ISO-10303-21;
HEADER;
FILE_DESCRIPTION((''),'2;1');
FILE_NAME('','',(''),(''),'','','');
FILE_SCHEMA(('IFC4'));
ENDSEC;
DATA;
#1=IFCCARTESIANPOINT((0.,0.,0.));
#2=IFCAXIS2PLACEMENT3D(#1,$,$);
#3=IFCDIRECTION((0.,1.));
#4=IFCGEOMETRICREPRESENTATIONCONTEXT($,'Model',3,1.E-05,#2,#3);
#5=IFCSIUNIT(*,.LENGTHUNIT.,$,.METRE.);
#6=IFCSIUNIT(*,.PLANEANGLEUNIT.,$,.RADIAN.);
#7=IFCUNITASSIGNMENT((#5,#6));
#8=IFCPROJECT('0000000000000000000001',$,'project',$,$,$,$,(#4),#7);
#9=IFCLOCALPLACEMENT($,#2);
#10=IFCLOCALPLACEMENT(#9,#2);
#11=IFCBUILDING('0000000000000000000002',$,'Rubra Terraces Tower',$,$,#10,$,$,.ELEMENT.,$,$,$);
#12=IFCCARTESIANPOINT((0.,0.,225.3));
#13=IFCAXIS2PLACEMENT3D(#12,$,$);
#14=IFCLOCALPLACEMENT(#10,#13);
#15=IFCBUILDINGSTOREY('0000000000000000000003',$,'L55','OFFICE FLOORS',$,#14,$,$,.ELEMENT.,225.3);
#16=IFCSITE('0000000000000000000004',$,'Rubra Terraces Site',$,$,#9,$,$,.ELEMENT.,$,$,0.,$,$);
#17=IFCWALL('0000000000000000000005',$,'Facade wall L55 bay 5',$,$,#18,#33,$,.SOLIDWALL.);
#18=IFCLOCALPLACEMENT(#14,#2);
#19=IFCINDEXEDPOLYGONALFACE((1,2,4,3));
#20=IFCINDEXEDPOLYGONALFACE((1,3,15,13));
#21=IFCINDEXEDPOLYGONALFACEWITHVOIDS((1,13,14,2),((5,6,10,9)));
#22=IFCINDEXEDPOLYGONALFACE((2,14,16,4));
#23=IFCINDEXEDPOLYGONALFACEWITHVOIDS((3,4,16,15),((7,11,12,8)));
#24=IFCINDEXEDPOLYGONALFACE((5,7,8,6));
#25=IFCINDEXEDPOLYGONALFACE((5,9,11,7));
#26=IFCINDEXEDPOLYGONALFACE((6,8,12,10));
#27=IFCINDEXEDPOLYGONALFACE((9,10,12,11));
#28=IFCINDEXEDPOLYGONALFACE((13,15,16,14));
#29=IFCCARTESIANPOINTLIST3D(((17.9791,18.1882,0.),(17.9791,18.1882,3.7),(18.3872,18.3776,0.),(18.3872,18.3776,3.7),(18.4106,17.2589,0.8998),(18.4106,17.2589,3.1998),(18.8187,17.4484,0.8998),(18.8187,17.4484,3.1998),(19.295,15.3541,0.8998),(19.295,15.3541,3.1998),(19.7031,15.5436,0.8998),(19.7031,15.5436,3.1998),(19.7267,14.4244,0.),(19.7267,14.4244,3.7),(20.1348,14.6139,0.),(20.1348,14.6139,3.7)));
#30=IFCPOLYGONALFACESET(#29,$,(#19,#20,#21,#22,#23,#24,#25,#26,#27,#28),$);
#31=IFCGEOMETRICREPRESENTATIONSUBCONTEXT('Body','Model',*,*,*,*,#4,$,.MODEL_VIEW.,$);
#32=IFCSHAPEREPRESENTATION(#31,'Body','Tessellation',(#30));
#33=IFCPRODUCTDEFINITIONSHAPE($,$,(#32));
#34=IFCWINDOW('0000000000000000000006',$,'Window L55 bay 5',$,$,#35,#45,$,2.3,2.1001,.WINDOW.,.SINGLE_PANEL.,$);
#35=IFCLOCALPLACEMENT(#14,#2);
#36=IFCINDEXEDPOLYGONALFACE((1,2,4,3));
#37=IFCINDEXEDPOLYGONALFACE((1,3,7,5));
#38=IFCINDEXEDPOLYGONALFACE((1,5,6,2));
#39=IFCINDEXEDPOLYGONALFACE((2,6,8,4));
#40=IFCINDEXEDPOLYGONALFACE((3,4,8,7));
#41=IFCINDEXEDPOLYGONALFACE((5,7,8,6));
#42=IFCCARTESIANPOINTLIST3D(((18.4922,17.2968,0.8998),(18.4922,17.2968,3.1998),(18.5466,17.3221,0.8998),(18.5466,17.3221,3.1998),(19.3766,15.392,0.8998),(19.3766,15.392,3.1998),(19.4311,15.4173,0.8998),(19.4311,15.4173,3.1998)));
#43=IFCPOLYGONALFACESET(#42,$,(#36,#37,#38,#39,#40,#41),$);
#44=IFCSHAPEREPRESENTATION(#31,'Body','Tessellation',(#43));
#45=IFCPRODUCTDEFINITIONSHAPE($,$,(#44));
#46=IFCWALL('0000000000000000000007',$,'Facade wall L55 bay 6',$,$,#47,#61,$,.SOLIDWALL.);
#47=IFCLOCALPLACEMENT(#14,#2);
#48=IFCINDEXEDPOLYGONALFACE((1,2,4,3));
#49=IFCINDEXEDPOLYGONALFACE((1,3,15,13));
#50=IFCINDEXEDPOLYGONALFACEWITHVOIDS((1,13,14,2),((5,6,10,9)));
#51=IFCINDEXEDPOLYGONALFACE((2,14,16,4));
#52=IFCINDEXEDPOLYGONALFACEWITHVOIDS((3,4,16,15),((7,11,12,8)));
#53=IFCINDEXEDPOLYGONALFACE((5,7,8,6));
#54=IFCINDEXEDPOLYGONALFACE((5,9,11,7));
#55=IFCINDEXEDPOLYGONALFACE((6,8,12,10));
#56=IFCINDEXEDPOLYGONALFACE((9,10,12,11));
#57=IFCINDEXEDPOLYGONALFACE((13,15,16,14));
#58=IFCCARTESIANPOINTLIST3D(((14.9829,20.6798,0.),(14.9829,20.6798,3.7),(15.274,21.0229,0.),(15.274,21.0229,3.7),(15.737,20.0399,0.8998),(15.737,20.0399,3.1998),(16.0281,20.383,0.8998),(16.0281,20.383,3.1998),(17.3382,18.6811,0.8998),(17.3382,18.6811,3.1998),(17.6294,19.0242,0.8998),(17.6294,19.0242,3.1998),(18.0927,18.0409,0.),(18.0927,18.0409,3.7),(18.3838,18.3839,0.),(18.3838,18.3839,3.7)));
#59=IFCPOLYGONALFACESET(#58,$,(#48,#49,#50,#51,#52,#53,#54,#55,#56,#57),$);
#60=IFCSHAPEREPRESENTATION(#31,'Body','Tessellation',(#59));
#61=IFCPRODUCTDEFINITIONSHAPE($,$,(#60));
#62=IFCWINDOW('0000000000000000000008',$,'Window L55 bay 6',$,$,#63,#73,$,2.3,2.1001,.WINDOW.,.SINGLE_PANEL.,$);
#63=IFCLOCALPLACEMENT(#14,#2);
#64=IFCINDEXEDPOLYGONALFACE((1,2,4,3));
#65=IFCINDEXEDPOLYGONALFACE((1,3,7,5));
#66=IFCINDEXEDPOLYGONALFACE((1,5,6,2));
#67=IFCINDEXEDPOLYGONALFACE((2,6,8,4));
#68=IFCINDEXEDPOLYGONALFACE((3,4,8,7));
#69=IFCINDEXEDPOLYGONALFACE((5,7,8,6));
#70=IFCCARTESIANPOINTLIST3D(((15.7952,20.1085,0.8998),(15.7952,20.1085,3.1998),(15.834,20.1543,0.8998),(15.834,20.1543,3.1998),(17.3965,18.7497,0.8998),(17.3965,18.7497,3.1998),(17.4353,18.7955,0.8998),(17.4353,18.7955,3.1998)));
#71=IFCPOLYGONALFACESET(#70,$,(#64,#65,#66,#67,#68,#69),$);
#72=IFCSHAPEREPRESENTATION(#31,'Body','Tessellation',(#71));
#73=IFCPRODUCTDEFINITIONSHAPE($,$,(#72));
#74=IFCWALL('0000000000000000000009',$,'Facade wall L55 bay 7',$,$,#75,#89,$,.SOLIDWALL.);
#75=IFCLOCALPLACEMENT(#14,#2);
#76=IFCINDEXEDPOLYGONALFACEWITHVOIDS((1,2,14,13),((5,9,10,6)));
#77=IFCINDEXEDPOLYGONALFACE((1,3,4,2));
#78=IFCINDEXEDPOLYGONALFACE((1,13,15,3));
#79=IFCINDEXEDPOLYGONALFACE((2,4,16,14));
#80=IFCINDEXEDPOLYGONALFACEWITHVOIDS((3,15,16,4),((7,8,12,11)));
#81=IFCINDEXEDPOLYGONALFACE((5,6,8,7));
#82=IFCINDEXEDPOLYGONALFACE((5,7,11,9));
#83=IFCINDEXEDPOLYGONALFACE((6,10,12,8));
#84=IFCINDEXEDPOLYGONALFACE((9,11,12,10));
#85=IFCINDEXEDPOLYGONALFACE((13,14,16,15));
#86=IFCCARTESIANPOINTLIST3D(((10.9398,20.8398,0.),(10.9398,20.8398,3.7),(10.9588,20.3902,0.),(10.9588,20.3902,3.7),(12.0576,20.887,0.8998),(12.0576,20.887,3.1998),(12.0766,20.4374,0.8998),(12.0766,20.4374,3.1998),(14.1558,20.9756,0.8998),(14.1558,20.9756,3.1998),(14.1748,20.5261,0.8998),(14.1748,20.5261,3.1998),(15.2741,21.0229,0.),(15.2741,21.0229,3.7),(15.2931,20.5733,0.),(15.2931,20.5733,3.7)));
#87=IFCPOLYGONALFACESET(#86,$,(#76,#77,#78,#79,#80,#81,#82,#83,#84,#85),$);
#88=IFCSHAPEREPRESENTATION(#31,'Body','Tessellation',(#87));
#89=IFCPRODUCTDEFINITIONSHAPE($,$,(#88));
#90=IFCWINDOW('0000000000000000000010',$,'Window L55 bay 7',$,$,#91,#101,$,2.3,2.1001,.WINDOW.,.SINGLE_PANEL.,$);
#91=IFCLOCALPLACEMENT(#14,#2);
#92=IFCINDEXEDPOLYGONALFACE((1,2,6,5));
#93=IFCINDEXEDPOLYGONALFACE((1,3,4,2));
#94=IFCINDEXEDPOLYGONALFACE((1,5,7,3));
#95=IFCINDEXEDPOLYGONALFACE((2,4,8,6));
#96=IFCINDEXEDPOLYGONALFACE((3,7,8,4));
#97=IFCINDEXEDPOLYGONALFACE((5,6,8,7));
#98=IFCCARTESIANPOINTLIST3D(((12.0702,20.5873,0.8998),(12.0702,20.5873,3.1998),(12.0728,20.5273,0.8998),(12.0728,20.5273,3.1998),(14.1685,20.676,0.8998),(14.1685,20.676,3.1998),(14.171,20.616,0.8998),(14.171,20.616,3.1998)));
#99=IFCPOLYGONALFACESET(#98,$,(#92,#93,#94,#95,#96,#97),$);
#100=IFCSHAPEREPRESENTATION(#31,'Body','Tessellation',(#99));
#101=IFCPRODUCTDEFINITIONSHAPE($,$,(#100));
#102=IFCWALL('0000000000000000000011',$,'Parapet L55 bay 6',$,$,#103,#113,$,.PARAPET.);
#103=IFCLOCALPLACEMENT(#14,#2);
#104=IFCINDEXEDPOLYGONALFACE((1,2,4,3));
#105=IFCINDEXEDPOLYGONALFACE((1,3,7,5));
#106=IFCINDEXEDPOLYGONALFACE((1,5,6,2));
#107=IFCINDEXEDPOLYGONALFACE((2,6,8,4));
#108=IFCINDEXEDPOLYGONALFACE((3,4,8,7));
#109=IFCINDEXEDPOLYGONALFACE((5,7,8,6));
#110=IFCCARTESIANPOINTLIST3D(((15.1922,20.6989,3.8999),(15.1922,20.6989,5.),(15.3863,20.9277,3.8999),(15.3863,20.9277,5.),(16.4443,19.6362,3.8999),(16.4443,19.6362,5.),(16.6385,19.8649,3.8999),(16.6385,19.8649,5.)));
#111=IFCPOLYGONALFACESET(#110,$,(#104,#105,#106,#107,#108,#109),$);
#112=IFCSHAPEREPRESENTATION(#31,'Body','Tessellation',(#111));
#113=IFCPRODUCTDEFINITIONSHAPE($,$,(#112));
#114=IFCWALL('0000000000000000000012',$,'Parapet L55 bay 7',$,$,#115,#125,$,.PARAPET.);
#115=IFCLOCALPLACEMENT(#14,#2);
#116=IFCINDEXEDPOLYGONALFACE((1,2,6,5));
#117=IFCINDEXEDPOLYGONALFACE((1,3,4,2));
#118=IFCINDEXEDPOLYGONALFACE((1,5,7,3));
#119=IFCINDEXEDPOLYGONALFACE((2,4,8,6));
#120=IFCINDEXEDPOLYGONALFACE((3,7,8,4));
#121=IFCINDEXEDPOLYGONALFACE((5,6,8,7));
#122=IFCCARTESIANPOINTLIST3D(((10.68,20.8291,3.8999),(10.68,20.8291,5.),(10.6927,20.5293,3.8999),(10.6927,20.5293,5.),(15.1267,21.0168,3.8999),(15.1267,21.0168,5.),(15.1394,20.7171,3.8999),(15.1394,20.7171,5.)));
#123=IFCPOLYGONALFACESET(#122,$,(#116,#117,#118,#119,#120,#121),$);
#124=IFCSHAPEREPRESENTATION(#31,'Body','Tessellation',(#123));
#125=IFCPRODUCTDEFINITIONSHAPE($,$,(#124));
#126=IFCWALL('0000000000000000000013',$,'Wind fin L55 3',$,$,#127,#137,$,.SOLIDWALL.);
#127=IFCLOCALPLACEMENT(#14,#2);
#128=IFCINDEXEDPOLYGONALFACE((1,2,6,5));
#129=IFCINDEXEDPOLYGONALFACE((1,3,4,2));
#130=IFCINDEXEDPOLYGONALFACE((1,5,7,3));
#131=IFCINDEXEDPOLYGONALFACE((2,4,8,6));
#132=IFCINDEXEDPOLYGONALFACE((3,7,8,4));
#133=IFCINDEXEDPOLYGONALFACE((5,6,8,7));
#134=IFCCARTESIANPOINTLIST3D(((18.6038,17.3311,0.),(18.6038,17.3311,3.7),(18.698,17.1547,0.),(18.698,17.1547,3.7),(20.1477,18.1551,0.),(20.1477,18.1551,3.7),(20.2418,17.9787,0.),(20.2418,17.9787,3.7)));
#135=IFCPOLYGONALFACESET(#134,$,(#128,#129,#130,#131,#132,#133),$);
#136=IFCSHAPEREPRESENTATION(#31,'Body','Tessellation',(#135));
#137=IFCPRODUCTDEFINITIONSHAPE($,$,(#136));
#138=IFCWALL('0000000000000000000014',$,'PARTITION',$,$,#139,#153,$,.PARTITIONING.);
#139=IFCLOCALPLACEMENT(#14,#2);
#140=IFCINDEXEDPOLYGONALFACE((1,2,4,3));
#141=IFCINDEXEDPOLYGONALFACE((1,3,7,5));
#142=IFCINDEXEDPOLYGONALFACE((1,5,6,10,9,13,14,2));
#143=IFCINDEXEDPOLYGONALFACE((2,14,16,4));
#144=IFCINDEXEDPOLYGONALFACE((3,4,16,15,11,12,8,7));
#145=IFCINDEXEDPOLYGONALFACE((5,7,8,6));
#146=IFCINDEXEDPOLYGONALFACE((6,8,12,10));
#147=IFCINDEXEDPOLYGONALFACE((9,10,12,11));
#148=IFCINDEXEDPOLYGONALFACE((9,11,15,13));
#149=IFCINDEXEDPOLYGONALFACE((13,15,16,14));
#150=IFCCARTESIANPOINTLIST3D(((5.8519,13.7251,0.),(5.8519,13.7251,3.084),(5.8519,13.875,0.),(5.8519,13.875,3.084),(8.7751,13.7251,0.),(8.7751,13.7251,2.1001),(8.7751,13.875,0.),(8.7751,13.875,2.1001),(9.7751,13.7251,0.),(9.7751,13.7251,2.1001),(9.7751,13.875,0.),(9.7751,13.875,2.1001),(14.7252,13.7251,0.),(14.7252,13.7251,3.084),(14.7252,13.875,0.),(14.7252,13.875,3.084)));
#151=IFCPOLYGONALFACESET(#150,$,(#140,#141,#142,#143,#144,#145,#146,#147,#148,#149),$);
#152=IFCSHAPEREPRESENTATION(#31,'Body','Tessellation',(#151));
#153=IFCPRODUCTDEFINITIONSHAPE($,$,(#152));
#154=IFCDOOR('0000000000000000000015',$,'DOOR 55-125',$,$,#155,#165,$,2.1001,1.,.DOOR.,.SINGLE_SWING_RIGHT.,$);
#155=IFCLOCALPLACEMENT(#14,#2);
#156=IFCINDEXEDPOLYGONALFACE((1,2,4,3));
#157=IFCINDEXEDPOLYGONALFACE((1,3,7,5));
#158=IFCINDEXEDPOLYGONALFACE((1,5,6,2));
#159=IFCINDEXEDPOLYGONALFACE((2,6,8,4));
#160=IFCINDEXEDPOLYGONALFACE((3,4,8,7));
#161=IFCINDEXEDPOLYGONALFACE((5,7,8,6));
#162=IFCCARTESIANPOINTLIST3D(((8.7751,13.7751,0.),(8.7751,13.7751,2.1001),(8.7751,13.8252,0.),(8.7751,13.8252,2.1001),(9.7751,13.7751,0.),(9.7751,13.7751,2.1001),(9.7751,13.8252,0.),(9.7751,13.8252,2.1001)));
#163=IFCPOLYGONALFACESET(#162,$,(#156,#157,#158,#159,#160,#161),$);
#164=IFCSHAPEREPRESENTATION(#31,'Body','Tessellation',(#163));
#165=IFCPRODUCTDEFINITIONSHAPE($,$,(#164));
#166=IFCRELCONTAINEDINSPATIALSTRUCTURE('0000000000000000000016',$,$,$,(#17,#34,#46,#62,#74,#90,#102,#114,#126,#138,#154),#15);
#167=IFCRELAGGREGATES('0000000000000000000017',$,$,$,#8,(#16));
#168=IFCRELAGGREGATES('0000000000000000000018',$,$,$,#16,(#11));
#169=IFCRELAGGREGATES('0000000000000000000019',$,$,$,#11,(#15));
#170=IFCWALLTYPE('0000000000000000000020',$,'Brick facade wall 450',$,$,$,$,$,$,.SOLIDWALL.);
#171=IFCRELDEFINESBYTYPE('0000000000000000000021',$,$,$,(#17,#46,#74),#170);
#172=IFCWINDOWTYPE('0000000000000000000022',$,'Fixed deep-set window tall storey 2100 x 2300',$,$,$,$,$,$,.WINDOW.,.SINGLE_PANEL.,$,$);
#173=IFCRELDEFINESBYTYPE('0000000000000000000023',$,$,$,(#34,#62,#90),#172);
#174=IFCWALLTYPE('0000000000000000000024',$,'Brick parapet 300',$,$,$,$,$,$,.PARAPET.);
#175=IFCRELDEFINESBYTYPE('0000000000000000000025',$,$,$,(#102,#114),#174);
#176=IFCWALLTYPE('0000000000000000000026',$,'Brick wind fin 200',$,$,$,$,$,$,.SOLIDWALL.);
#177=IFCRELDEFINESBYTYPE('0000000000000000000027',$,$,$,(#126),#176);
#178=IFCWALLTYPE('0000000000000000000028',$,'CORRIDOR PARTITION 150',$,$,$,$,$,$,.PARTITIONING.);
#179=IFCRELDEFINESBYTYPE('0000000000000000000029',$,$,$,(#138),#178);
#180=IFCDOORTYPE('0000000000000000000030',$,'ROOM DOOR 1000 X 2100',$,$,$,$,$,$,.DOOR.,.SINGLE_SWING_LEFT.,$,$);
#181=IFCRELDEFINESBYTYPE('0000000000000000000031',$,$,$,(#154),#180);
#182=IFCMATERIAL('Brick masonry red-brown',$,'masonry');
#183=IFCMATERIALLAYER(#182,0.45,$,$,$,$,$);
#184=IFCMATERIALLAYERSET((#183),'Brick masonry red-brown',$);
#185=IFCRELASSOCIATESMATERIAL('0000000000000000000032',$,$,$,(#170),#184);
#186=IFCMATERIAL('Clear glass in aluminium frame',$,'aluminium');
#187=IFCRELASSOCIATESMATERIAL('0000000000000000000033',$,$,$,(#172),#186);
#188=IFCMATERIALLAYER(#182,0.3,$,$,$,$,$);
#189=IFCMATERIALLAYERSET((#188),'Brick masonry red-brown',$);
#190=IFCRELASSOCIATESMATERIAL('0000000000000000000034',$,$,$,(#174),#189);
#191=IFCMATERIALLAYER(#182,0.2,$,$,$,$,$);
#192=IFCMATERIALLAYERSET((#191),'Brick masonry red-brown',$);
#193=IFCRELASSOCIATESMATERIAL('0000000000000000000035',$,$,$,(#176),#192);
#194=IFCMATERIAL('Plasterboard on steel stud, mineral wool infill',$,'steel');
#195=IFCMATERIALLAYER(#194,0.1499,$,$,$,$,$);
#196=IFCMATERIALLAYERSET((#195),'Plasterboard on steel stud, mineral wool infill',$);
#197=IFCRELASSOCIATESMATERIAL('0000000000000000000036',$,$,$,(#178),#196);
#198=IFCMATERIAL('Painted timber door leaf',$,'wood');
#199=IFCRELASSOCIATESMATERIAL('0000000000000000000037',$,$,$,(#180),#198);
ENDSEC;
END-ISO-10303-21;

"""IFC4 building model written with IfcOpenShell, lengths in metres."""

from ifc_helpers import new_model, si_unit, direction, frame, frame_2d, origin, place, context, subcontext, project, spatial, rectangle, extrude, material, layer, layer_set, type_object, element, fill, save


model = new_model("IFC4")

# Units and contexts
model_context = context("Model", 3, precision=1e-05, world=origin(), true_north=direction((0.0, 1.0)))
body_context = subcontext(model_context, "Body", "Model", "MODEL_VIEW")
ifc_project = project(units=[si_unit("LENGTHUNIT", "METRE"), si_unit("PLANEANGLEUNIT", "RADIAN")], contexts=[model_context])

# Site, building, storey
site_placement = place(None, origin())
site = spatial("IfcSite", under=ifc_project, at=site_placement, Name="Rubra Terraces Site", CompositionType="ELEMENT", RefElevation=0.0)
building_placement = place(site_placement, origin())
building = spatial("IfcBuilding", under=site, at=building_placement, Name="Rubra Terraces Tower", CompositionType="ELEMENT")
storey_placement = place(building_placement, frame((0.0, 0.0, 225.3)))
storey = spatial("IfcBuildingStorey", under=building, at=storey_placement, Name="L55", Description="OFFICE FLOORS", CompositionType="ELEMENT", Elevation=225.3)

# Walls, openings, windows
ifc_material_1 = material(Name="Brick masonry red-brown", Category="masonry")
ifc_layer_1 = layer(ifc_material_1, 0.45)
ifc_layer_set_1 = layer_set([ifc_layer_1], Name="Brick masonry red-brown")
wall_type_1 = type_object("IfcWallType", Name="Brick facade wall 450", PredefinedType="SOLIDWALL", material=ifc_layer_set_1)
wall_1_placement = place(storey_placement, frame((19.9307, 14.5193, 0.0), z_axis=(0.0, 0.0, 1.0), x_axis=(-0.421139, 0.906996, 0.0)))
wall_1 = element("IfcWall", 1, at=wall_1_placement, inside=storey, type_object=wall_type_1, Name="Facade wall L55 bay 5", PredefinedType="SOLIDWALL", context=body_context, shape_type="SweptSolid", body=[
    extrude(rectangle(XDim=4.1497, YDim=0.45, at=frame_2d((2.0747, 0.0))), origin(), (0.0, 0.0, 1.0), 3.7),
])
opening_1_placement = place(wall_1_placement, frame((1.0249, 0.0, 0.8999)))
opening_1 = element("IfcOpeningElement", 2, at=opening_1_placement, cuts=wall_1, PredefinedType="OPENING", context=body_context, shape_type="SweptSolid", body=[
    extrude(rectangle(XDim=2.1001, YDim=2.3, at=frame_2d((1.05, 1.1499))), frame((0.0, 0.2349, 0.0), z_axis=(0.0, -1.0, 0.0), x_axis=(1.0, 0.0, 0.0)), (0.0, 0.0, 1.0), 0.47),
])
ifc_material_2 = material(Name="Clear glass in aluminium frame", Category="aluminium")
window_type = type_object("IfcWindowType", Name="Fixed deep-set window tall storey 2100 x 2300", PartitioningType="SINGLE_PANEL", PredefinedType="WINDOW", material=ifc_material_2)
window_1_placement = place(opening_1_placement, origin())
window_1 = element("IfcWindow", 3, at=window_1_placement, inside=storey, type_object=window_type, Name="Window L55 bay 5", OverallHeight=2.3, OverallWidth=2.1001, PartitioningType="SINGLE_PANEL", PredefinedType="WINDOW", context=body_context, shape_type="SweptSolid", body=[
    extrude(rectangle(XDim=2.1001, YDim=2.3, at=frame_2d((1.05, 1.1499))), frame((0.0, 0.135, 0.0), z_axis=(0.0, -1.0, 0.0), x_axis=(1.0, 0.0, 0.0)), (0.0, 0.0, 1.0), 0.0601),
])
fill(opening_1, window_1)
wall_2_placement = place(storey_placement, frame((18.2383, 18.2124, 0.0), z_axis=(0.0, 0.0, 1.0), x_axis=(-0.76248, 0.647012, 0.0)))
wall_2 = element("IfcWall", 4, at=wall_2_placement, inside=storey, type_object=wall_type_1, Name="Facade wall L55 bay 6", PredefinedType="SOLIDWALL", context=body_context, shape_type="SweptSolid", body=[
    extrude(rectangle(XDim=4.0786, YDim=0.45, at=frame_2d((2.0393, 0.0))), origin(), (0.0, 0.0, 1.0), 3.7),
])
opening_2_placement = place(wall_2_placement, frame((0.9895, 0.0, 0.8999)))
opening_2 = element("IfcOpeningElement", 5, at=opening_2_placement, cuts=wall_2, PredefinedType="OPENING", context=body_context, shape_type="SweptSolid", body=[
    extrude(rectangle(XDim=2.1001, YDim=2.3, at=frame_2d((1.05, 1.1499))), frame((0.0, 0.2349, 0.0), z_axis=(0.0, -1.0, 0.0), x_axis=(1.0, 0.0, 0.0)), (0.0, 0.0, 1.0), 0.47),
])
window_2_placement = place(opening_2_placement, origin())
window_2 = element("IfcWindow", 6, at=window_2_placement, inside=storey, type_object=window_type, Name="Window L55 bay 6", OverallHeight=2.3, OverallWidth=2.1001, PartitioningType="SINGLE_PANEL", PredefinedType="WINDOW", context=body_context, shape_type="SweptSolid", body=[
    extrude(rectangle(XDim=2.1001, YDim=2.3, at=frame_2d((1.05, 1.1499))), frame((0.0, 0.135, 0.0), z_axis=(0.0, -1.0, 0.0), x_axis=(1.0, 0.0, 0.0)), (0.0, 0.0, 1.0), 0.0601),
])
fill(opening_2, window_2)
wall_3_placement = place(storey_placement, frame((15.2834, 20.7981, 0.0), z_axis=(0.0, 0.0, 1.0), x_axis=(-0.999109, -0.042209, 0.0)))
wall_3 = element("IfcWall", 7, at=wall_3_placement, inside=storey, type_object=wall_type_1, Name="Facade wall L55 bay 7", PredefinedType="SOLIDWALL", context=body_context, shape_type="SweptSolid", body=[
    extrude(rectangle(XDim=4.3381, YDim=0.45, at=frame_2d((2.1689, 0.0))), origin(), (0.0, 0.0, 1.0), 3.7),
])
opening_3_placement = place(wall_3_placement, frame((1.1191, 0.0, 0.8999)))
opening_3 = element("IfcOpeningElement", 8, at=opening_3_placement, cuts=wall_3, PredefinedType="OPENING", context=body_context, shape_type="SweptSolid", body=[
    extrude(rectangle(XDim=2.1001, YDim=2.3, at=frame_2d((1.05, 1.1499))), frame((0.0, 0.2349, 0.0), z_axis=(0.0, -1.0, 0.0), x_axis=(1.0, 0.0, 0.0)), (0.0, 0.0, 1.0), 0.47),
])
window_3_placement = place(opening_3_placement, origin())
window_3 = element("IfcWindow", 9, at=window_3_placement, inside=storey, type_object=window_type, Name="Window L55 bay 7", OverallHeight=2.3, OverallWidth=2.1001, PartitioningType="SINGLE_PANEL", PredefinedType="WINDOW", context=body_context, shape_type="SweptSolid", body=[
    extrude(rectangle(XDim=2.1001, YDim=2.3, at=frame_2d((1.05, 1.1499))), frame((0.0, 0.135, 0.0), z_axis=(0.0, -1.0, 0.0), x_axis=(1.0, 0.0, 0.0)), (0.0, 0.0, 1.0), 0.0601),
])
fill(opening_3, window_3)

# Walls
ifc_layer_2 = layer(ifc_material_1, 0.3)
ifc_layer_set_2 = layer_set([ifc_layer_2], Name="Brick masonry red-brown")
wall_type_2 = type_object("IfcWallType", Name="Brick parapet 300", PredefinedType="PARAPET", material=ifc_layer_set_2)
wall_4_placement = place(storey_placement, frame((16.5415, 19.7505, 3.8999), z_axis=(0.0, 0.0, 1.0), x_axis=(-0.762427, 0.647074, 0.0)))
element("IfcWall", 10, at=wall_4_placement, inside=storey, type_object=wall_type_2, Name="Parapet L55 bay 6", PredefinedType="PARAPET", context=body_context, shape_type="SweptSolid", body=[
    extrude(rectangle(XDim=1.6423, YDim=0.3, at=frame_2d((0.8213, 0.0))), origin(), (0.0, 0.0, 1.0), 1.1001),
])
wall_5_placement = place(storey_placement, frame((15.1331, 20.8669, 3.8999), z_axis=(0.0, 0.0, 1.0), x_axis=(-0.99911, -0.042183, 0.0)))
element("IfcWall", 11, at=wall_5_placement, inside=storey, type_object=wall_type_2, Name="Parapet L55 bay 7", PredefinedType="PARAPET", context=body_context, shape_type="SweptSolid", body=[
    extrude(rectangle(XDim=4.4507, YDim=0.3, at=frame_2d((2.2253, 0.0))), origin(), (0.0, 0.0, 1.0), 1.1001),
])
ifc_layer_3 = layer(ifc_material_1, 0.2)
ifc_layer_set_3 = layer_set([ifc_layer_3], Name="Brick masonry red-brown")
wall_type_3 = type_object("IfcWallType", Name="Brick wind fin 200", PredefinedType="SOLIDWALL", material=ifc_layer_set_3)
wall_6_placement = place(storey_placement, frame((18.6509, 17.2429, 0.0), z_axis=(0.0, 0.0, 1.0), x_axis=(0.882225, 0.470827, 0.0)))
element("IfcWall", 12, at=wall_6_placement, inside=storey, type_object=wall_type_3, Name="Wind fin L55 3", PredefinedType="SOLIDWALL", context=body_context, shape_type="SweptSolid", body=[
    extrude(rectangle(XDim=1.75, YDim=0.2, at=frame_2d((0.875, 0.0))), origin(), (0.0, 0.0, 1.0), 3.7),
])

# Wall, opening, door
ifc_material_3 = material(Name="Plasterboard on steel stud, mineral wool infill", Category="steel")
ifc_layer_4 = layer(ifc_material_3, 0.1499)
ifc_layer_set_4 = layer_set([ifc_layer_4], Name="Plasterboard on steel stud, mineral wool infill")
wall_type_4 = type_object("IfcWallType", Name="CORRIDOR PARTITION 150", PredefinedType="PARTITIONING", material=ifc_layer_set_4)
wall_7_placement = place(storey_placement, frame((14.7251, 13.8, 0.0), z_axis=(0.0, 0.0, 1.0), x_axis=(-1.0, 0.0, 0.0)))
wall_7 = element("IfcWall", 13, at=wall_7_placement, inside=storey, type_object=wall_type_4, Name="PARTITION", PredefinedType="PARTITIONING", context=body_context, shape_type="SweptSolid", body=[
    extrude(rectangle(XDim=8.8733, YDim=0.1499, at=frame_2d((4.4365, 0.0))), origin(), (0.0, 0.0, 1.0), 3.084),
])
opening_4_placement = place(wall_7_placement, frame((4.95, 0.0, 0.0)))
opening_4 = element("IfcOpeningElement", 14, at=opening_4_placement, cuts=wall_7, PredefinedType="OPENING", context=body_context, shape_type="SweptSolid", body=[
    extrude(rectangle(XDim=1.0, YDim=2.1001, at=frame_2d((0.5, 1.05))), frame((0.0, 0.085, 0.0), z_axis=(0.0, -1.0, 0.0), x_axis=(1.0, 0.0, 0.0)), (0.0, 0.0, 1.0), 0.1699),
])
ifc_material_4 = material(Name="Painted timber door leaf", Category="wood")
door_type = type_object("IfcDoorType", Name="ROOM DOOR 1000 X 2100", OperationType="SINGLE_SWING_LEFT", PredefinedType="DOOR", material=ifc_material_4)
door_1_placement = place(opening_4_placement, origin())
door_1 = element("IfcDoor", 15, at=door_1_placement, inside=storey, type_object=door_type, Name="DOOR 55-125", OperationType="SINGLE_SWING_RIGHT", OverallHeight=2.1001, OverallWidth=1.0, PredefinedType="DOOR", context=body_context, shape_type="SweptSolid", body=[
    extrude(rectangle(XDim=1.0, YDim=2.1001, at=frame_2d((0.5, 1.05))), frame((0.0, 0.0249, 0.0), z_axis=(0.0, -1.0, 0.0), x_axis=(1.0, 0.0, 0.0)), (0.0, 0.0, 1.0), 0.05),
])
fill(opening_4, door_1)

save(model, "model.ifc")
